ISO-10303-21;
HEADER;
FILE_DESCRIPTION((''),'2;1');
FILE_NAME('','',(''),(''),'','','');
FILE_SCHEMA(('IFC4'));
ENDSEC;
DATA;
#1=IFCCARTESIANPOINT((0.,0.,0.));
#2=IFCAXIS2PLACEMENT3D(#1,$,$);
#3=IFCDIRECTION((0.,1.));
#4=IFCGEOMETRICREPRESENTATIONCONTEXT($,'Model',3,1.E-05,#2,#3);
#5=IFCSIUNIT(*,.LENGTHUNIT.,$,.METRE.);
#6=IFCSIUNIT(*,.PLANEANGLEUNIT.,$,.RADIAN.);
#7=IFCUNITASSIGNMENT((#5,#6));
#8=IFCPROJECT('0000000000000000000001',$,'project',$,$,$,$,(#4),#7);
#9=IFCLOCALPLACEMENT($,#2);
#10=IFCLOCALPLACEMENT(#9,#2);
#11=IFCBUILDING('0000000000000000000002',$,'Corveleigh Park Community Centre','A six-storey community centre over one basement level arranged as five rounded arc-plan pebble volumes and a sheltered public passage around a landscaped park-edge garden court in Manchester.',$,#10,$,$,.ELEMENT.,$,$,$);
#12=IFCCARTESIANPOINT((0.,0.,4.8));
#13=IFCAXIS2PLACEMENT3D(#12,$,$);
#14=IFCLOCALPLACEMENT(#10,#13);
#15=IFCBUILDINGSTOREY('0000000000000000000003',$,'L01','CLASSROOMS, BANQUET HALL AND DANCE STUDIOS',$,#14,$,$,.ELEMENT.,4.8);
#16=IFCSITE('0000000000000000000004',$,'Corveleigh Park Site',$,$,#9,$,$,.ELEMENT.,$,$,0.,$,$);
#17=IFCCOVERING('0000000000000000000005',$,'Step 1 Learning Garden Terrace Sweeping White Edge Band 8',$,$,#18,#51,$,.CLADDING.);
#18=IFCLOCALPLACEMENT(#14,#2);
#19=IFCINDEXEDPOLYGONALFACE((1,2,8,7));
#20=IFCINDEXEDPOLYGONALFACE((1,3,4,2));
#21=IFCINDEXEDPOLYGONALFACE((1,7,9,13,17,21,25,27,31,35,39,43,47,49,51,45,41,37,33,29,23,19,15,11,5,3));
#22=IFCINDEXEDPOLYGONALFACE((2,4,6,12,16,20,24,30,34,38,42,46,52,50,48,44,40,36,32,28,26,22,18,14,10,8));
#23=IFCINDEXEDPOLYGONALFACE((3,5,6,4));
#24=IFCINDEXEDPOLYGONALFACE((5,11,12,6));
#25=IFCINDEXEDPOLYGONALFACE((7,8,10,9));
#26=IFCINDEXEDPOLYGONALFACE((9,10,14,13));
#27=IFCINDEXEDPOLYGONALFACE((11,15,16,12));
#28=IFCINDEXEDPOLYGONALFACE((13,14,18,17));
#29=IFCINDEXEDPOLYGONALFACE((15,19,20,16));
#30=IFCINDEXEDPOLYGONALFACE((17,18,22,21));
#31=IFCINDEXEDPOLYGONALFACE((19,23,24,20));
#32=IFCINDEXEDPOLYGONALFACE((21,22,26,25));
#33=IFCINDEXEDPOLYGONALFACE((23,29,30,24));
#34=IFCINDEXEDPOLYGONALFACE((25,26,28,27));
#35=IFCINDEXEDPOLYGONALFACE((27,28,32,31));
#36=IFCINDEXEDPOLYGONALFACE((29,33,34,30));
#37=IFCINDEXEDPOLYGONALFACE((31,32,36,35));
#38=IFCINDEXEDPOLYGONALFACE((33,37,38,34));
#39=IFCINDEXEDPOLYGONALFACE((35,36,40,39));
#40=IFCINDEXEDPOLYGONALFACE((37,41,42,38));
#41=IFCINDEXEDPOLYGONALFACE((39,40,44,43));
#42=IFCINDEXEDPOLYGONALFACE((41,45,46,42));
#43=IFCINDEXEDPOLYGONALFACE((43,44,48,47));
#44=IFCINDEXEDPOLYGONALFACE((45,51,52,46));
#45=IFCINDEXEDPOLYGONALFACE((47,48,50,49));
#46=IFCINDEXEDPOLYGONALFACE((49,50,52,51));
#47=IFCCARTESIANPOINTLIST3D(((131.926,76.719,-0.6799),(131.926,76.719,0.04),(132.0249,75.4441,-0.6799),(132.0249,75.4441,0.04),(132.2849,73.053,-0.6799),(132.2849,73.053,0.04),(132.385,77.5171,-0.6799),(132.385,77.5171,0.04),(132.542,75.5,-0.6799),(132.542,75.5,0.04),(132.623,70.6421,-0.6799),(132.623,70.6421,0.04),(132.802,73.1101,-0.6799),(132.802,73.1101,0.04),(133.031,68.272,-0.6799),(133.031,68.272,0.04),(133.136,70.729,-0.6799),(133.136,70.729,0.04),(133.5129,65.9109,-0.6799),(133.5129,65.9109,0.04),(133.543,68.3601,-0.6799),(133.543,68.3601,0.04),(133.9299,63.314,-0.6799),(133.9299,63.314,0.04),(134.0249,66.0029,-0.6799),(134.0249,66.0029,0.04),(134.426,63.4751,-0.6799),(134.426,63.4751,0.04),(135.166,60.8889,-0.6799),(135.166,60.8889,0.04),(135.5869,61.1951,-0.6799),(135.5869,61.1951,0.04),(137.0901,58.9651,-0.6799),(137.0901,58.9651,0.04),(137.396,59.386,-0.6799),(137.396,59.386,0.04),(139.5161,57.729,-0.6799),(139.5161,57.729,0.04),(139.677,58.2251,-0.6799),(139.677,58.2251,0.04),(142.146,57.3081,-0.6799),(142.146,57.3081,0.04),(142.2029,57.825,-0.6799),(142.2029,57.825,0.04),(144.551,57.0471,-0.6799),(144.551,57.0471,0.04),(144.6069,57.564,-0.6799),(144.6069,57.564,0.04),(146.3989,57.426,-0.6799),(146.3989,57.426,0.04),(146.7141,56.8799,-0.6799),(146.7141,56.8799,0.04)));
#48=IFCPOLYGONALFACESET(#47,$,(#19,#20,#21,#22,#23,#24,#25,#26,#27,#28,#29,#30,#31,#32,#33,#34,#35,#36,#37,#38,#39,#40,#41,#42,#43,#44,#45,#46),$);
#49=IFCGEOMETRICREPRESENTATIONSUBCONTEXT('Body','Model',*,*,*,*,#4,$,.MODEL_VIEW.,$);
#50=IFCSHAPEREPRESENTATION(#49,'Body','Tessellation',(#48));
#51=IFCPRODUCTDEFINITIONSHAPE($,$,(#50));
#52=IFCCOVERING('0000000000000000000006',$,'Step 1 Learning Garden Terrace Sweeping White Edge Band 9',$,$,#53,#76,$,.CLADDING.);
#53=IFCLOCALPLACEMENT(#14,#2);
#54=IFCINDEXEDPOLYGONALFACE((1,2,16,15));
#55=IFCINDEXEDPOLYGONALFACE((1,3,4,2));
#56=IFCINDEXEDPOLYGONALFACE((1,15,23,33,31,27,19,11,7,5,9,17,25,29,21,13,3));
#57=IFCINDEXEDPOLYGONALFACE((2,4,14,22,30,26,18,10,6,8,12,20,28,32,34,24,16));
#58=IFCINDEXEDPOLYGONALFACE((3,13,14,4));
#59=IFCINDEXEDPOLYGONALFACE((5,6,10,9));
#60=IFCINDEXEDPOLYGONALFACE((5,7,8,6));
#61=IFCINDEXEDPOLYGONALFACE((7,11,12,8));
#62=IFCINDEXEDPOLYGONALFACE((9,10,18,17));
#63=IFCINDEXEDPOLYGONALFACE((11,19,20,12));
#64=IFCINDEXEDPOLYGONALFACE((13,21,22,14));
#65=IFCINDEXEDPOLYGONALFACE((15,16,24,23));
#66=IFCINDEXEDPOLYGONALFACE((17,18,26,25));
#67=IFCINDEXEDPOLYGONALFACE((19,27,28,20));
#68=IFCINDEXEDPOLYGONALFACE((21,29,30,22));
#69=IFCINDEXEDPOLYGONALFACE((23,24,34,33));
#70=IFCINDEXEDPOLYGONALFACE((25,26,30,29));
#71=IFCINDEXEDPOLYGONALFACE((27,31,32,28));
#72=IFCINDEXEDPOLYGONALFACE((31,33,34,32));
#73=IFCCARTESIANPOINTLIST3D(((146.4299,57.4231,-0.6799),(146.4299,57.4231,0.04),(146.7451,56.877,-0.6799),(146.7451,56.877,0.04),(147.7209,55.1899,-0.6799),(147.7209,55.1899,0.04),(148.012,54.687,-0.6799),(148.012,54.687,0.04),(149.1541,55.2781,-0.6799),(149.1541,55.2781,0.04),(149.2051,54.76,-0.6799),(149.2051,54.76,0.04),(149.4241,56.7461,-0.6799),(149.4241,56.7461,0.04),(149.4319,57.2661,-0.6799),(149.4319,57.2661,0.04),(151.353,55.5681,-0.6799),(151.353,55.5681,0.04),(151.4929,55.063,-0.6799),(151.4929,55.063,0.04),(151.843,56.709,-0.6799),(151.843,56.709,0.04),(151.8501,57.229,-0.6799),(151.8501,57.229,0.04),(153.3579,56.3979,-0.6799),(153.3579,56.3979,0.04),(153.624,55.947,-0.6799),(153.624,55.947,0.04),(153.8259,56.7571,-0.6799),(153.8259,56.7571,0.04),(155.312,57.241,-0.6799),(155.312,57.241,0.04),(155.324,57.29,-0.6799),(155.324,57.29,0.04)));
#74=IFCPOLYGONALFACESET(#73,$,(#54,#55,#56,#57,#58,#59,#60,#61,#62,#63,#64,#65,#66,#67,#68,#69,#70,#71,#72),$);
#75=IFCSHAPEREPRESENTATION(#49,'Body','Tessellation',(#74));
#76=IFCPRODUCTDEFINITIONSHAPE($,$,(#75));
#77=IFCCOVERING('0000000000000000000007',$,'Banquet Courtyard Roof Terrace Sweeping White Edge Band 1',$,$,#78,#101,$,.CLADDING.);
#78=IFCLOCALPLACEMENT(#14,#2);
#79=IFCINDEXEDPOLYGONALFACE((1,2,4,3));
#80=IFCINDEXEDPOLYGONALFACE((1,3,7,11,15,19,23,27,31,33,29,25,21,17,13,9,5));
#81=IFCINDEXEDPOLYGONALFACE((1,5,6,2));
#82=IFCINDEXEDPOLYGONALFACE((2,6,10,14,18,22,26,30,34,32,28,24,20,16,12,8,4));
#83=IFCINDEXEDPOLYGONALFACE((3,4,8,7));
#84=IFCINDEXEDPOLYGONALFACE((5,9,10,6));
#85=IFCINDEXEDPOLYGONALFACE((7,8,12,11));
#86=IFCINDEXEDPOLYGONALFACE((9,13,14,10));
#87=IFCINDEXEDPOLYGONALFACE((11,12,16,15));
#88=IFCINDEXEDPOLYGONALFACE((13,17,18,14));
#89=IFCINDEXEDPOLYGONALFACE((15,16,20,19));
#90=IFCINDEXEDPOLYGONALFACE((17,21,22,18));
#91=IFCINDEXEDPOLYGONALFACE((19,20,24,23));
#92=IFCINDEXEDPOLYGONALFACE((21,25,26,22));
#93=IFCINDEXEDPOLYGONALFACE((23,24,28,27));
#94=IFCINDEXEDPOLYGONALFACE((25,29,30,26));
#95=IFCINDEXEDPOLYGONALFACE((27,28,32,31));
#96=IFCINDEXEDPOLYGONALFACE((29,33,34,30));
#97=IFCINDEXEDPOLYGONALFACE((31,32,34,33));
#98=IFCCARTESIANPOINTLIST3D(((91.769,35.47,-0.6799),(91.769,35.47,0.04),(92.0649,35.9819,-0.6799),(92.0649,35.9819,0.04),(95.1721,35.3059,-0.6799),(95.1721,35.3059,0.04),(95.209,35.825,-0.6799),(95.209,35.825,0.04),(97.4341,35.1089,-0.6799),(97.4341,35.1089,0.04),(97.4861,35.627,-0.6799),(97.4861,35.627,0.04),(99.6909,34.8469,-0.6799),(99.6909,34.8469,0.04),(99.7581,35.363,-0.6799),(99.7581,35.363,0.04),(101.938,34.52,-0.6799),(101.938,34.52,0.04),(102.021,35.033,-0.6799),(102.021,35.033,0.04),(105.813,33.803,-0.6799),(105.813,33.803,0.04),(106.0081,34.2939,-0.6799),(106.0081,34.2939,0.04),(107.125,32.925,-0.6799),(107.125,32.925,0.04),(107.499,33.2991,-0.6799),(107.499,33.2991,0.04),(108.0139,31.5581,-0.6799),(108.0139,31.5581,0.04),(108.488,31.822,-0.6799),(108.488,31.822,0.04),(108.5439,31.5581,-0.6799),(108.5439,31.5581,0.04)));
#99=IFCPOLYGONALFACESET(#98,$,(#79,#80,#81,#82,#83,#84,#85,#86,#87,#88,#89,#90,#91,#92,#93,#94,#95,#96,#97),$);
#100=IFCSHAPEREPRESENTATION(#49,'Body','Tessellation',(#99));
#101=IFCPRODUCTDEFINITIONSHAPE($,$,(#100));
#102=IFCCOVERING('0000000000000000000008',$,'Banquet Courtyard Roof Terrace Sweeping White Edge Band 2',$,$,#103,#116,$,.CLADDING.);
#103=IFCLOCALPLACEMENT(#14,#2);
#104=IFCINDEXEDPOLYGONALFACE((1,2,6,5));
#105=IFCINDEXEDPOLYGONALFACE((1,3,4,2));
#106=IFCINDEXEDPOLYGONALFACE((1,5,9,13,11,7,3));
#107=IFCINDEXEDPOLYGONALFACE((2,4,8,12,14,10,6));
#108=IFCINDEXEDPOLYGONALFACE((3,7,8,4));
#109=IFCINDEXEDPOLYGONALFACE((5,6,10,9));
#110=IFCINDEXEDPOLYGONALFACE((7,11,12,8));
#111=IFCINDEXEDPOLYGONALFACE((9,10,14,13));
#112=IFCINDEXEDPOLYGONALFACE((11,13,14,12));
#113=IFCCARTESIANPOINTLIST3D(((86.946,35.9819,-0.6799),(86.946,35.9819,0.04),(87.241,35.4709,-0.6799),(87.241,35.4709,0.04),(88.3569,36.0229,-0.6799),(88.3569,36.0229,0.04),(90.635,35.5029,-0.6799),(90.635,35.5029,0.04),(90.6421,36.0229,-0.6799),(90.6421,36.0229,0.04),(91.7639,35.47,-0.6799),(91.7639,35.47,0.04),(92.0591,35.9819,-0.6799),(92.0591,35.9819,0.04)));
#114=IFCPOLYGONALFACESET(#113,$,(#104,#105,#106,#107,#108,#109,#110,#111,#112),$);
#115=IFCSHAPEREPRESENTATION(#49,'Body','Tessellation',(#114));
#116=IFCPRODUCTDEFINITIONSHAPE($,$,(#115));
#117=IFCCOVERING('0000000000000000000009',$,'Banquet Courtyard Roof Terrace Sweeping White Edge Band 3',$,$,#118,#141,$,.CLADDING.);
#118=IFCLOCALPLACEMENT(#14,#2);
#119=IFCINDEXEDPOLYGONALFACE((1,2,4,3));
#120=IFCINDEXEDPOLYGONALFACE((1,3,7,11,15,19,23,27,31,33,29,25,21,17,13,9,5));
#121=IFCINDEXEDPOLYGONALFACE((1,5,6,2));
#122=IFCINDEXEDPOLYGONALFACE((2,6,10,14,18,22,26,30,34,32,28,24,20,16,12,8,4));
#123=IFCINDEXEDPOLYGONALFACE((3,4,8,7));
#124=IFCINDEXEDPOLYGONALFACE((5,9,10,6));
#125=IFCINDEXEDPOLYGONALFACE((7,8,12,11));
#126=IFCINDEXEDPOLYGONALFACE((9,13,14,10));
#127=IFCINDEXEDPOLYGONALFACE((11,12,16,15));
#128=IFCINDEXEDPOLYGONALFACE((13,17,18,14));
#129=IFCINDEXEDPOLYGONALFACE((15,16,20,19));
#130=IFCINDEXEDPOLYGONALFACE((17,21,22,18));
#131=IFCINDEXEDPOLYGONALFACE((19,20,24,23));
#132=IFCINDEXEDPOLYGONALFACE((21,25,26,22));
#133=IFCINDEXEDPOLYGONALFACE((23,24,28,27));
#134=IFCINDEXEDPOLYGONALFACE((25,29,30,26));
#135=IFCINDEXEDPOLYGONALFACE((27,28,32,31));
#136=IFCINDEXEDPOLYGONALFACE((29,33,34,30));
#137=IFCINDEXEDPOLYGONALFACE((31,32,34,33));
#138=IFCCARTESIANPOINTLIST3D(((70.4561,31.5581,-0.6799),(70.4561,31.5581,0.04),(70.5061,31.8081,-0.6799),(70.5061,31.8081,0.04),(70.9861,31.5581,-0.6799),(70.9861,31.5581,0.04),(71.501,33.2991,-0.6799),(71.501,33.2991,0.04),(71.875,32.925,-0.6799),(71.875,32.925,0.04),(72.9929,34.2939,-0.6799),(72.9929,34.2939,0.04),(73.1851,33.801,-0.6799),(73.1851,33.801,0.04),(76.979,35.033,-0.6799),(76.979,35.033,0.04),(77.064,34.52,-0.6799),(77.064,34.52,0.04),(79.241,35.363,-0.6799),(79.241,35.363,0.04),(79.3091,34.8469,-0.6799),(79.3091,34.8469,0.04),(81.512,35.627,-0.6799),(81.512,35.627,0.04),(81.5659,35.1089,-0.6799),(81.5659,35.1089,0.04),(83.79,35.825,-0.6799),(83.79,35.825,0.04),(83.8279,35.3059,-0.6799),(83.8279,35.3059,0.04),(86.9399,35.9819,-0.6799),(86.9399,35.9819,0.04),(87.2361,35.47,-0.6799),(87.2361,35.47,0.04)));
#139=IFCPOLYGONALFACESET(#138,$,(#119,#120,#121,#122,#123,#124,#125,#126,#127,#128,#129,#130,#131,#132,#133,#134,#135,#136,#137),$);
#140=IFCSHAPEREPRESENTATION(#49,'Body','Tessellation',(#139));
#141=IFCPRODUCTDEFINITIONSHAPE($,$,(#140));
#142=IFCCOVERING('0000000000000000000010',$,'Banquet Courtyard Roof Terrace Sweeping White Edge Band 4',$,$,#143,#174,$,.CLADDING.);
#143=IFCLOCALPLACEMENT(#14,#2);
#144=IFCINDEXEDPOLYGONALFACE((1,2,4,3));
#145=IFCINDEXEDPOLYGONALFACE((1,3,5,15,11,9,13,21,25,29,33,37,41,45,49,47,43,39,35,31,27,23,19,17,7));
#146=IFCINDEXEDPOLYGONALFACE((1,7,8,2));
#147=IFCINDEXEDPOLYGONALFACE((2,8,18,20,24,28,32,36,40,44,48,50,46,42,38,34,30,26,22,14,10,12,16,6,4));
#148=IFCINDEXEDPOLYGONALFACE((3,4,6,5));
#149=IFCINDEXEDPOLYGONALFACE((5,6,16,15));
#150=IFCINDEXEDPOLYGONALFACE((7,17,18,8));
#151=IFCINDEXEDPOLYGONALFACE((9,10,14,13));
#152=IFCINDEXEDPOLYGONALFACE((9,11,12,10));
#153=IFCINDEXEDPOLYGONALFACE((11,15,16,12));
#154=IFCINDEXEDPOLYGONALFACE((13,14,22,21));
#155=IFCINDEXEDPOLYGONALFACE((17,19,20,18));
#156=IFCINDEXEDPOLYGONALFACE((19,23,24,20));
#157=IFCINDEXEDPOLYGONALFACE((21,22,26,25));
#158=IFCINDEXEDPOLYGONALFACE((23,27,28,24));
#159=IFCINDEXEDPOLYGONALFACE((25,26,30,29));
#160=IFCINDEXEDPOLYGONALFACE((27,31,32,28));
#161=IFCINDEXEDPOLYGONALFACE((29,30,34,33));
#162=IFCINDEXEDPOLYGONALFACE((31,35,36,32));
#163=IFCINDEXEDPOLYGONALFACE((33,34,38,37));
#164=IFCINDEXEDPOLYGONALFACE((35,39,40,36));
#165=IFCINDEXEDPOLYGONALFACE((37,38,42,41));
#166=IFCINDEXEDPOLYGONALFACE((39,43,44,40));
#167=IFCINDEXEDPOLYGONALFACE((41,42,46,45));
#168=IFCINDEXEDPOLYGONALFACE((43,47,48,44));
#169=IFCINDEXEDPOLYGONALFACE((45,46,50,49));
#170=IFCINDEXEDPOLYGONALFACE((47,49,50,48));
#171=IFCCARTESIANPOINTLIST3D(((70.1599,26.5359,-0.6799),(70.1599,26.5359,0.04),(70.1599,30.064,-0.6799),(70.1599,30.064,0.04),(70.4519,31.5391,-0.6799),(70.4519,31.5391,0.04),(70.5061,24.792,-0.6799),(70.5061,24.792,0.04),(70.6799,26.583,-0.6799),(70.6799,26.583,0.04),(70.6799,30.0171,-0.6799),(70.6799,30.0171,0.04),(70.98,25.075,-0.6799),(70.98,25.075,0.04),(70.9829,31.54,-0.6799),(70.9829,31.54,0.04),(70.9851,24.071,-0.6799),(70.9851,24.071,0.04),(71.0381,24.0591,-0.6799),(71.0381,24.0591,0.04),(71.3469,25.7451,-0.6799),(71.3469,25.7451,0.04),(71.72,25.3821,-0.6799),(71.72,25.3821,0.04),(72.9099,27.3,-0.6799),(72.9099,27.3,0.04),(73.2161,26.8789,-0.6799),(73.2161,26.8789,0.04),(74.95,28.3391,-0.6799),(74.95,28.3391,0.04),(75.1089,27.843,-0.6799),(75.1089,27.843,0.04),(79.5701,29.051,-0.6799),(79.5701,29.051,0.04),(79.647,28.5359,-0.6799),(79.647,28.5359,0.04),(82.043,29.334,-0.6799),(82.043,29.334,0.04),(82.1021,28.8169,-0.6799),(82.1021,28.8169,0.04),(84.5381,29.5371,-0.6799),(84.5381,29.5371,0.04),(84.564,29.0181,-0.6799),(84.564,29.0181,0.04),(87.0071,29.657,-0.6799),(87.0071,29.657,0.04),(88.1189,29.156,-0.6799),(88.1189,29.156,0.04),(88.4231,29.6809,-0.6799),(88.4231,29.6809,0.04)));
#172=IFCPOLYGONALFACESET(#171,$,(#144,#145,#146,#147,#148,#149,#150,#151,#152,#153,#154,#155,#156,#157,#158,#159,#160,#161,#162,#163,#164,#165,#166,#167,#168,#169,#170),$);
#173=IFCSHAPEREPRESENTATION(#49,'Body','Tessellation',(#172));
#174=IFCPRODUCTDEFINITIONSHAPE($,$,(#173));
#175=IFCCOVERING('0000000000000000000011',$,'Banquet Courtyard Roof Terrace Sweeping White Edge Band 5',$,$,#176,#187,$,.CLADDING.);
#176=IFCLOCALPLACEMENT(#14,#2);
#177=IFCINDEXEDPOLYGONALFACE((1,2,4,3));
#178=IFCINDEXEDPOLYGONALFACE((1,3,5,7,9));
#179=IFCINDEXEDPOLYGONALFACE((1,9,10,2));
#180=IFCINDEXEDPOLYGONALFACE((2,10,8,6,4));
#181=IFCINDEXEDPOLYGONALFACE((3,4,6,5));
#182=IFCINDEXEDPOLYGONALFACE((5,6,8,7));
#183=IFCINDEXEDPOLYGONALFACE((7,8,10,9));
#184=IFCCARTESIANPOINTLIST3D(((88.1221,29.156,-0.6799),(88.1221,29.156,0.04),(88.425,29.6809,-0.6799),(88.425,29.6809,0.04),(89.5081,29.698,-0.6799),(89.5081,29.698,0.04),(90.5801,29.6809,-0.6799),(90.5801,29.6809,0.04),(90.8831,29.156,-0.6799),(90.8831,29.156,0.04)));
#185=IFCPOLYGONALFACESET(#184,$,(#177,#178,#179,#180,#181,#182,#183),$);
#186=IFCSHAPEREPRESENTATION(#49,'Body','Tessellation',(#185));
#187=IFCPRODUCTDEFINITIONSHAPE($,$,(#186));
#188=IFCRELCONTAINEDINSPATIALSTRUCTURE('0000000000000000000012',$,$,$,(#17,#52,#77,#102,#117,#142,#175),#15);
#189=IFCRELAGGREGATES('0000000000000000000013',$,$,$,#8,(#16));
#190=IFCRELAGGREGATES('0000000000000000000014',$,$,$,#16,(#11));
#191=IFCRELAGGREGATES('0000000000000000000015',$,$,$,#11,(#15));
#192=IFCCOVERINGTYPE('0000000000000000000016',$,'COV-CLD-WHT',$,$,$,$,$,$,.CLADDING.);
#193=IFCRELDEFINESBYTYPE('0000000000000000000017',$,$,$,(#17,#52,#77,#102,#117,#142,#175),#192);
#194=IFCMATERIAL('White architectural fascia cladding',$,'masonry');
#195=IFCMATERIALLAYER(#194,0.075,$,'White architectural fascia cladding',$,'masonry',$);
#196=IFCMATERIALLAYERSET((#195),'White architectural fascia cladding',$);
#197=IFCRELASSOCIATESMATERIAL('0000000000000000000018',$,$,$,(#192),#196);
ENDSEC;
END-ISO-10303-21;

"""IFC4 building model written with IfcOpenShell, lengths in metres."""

from ifc_helpers import new_model, si_unit, direction, frame, origin, place, context, subcontext, project, spatial, polyline, outline, extrude, material, layer, layer_set, type_object, element, save


model = new_model("IFC4")

# Units and contexts
model_context = context("Model", 3, precision=1e-05, world=origin(), true_north=direction((0.0, 1.0)))
body_context = subcontext(model_context, "Body", "Model", "MODEL_VIEW")
ifc_project = project(units=[si_unit("LENGTHUNIT", "METRE"), si_unit("PLANEANGLEUNIT", "RADIAN")], contexts=[model_context])

# Site, building, storey
site_placement = place(None, origin())
site = spatial("IfcSite", under=ifc_project, at=site_placement, Name="Corveleigh Park Site", CompositionType="ELEMENT", RefElevation=0.0)
building_placement = place(site_placement, origin())
building = spatial("IfcBuilding", under=site, at=building_placement, Name="Corveleigh Park Community Centre", Description="A six-storey community centre over one basement level arranged as five rounded arc-plan pebble volumes and a sheltered public passage around a landscaped park-edge garden court in Manchester.", CompositionType="ELEMENT")
storey_placement = place(building_placement, frame((0.0, 0.0, 4.8)))
storey = spatial("IfcBuildingStorey", under=building, at=storey_placement, Name="L01", Description="CLASSROOMS, BANQUET HALL AND DANCE STUDIOS", CompositionType="ELEMENT", Elevation=4.8)

# Coverings
ifc_material_1 = material(Name="White architectural fascia cladding", Category="masonry")
ifc_layer_1 = layer(ifc_material_1, 0.075, Name="White architectural fascia cladding", Category="masonry")
ifc_layer_set_1 = layer_set([ifc_layer_1], Name="White architectural fascia cladding")
covering_type = type_object("IfcCoveringType", Name="COV-CLD-WHT", PredefinedType="CLADDING", material=ifc_layer_set_1)
covering_1_placement = place(storey_placement, frame((0.0, 0.0, -0.6799)))
element("IfcCovering", 1, at=covering_1_placement, inside=storey, type_object=covering_type, Name="Step 1 Learning Garden Terrace Sweeping White Edge Band 8", PredefinedType="CLADDING", context=body_context, shape_type="SweptSolid", body=[
    extrude(outline(polyline([(132.542, 75.5), (132.802, 73.1101), (133.136, 70.729), (133.543, 68.3601), (134.0249, 66.0029), (134.426, 63.4751), (135.5869, 61.1951), (137.396, 59.386), (139.677, 58.2251), (142.2029, 57.825), (144.6069, 57.564), (146.3989, 57.426), (146.7141, 56.8799), (144.551, 57.0471), (142.146, 57.3081), (139.5161, 57.729), (137.0901, 58.9651), (135.166, 60.8889), (133.9299, 63.314), (133.5129, 65.9109), (133.031, 68.272), (132.623, 70.6421), (132.2849, 73.053), (132.0249, 75.4441), (131.926, 76.719), (132.385, 77.5171), (132.542, 75.5)])), origin(), (0.0, 0.0, 1.0), 0.72),
])
covering_2_placement = place(storey_placement, frame((0.0, 0.0, -0.6799)))
element("IfcCovering", 2, at=covering_2_placement, inside=storey, type_object=covering_type, Name="Step 1 Learning Garden Terrace Sweeping White Edge Band 9", PredefinedType="CLADDING", context=body_context, shape_type="SweptSolid", body=[
    extrude(outline(polyline([(151.4929, 55.063), (149.2051, 54.76), (148.012, 54.687), (147.7209, 55.1899), (149.1541, 55.2781), (151.353, 55.5681), (153.3579, 56.3979), (153.8259, 56.7571), (151.843, 56.709), (149.4241, 56.7461), (146.7451, 56.877), (146.4299, 57.4231), (149.4319, 57.2661), (151.8501, 57.229), (155.324, 57.29), (155.312, 57.241), (153.624, 55.947), (151.4929, 55.063)])), origin(), (0.0, 0.0, 1.0), 0.72),
])
covering_3_placement = place(storey_placement, frame((0.0, 0.0, -0.6799)))
element("IfcCovering", 3, at=covering_3_placement, inside=storey, type_object=covering_type, Name="Banquet Courtyard Roof Terrace Sweeping White Edge Band 1", PredefinedType="CLADDING", context=body_context, shape_type="SweptSolid", body=[
    extrude(outline(polyline([(92.0649, 35.9819), (95.209, 35.825), (97.4861, 35.627), (99.7581, 35.363), (102.021, 35.033), (106.0081, 34.2939), (107.499, 33.2991), (108.488, 31.822), (108.5439, 31.5581), (108.0139, 31.5581), (107.125, 32.925), (105.813, 33.803), (101.938, 34.52), (99.6909, 34.8469), (97.4341, 35.1089), (95.1721, 35.3059), (91.769, 35.47), (92.0649, 35.9819)])), origin(), (0.0, 0.0, 1.0), 0.72),
])
covering_4_placement = place(storey_placement, frame((0.0, 0.0, -0.6799)))
element("IfcCovering", 4, at=covering_4_placement, inside=storey, type_object=covering_type, Name="Banquet Courtyard Roof Terrace Sweeping White Edge Band 2", PredefinedType="CLADDING", context=body_context, shape_type="SweptSolid", body=[
    extrude(outline(polyline([(88.3569, 36.0229), (90.6421, 36.0229), (92.0591, 35.9819), (91.7639, 35.47), (90.635, 35.5029), (87.241, 35.4709), (86.946, 35.9819), (88.3569, 36.0229)])), origin(), (0.0, 0.0, 1.0), 0.72),
])
covering_5_placement = place(storey_placement, frame((0.0, 0.0, -0.6799)))
element("IfcCovering", 5, at=covering_5_placement, inside=storey, type_object=covering_type, Name="Banquet Courtyard Roof Terrace Sweeping White Edge Band 3", PredefinedType="CLADDING", context=body_context, shape_type="SweptSolid", body=[
    extrude(outline(polyline([(70.5061, 31.8081), (71.501, 33.2991), (72.9929, 34.2939), (76.979, 35.033), (79.241, 35.363), (81.512, 35.627), (83.79, 35.825), (86.9399, 35.9819), (87.2361, 35.47), (83.8279, 35.3059), (81.5659, 35.1089), (79.3091, 34.8469), (77.064, 34.52), (73.1851, 33.801), (71.875, 32.925), (70.9861, 31.5581), (70.4561, 31.5581), (70.5061, 31.8081)])), origin(), (0.0, 0.0, 1.0), 0.72),
])
covering_6_placement = place(storey_placement, frame((0.0, 0.0, -0.6799)))
element("IfcCovering", 6, at=covering_6_placement, inside=storey, type_object=covering_type, Name="Banquet Courtyard Roof Terrace Sweeping White Edge Band 4", PredefinedType="CLADDING", context=body_context, shape_type="SweptSolid", body=[
    extrude(outline(polyline([(70.5061, 24.792), (70.1599, 26.5359), (70.1599, 30.064), (70.4519, 31.5391), (70.9829, 31.54), (70.6799, 30.0171), (70.6799, 26.583), (70.98, 25.075), (71.3469, 25.7451), (72.9099, 27.3), (74.95, 28.3391), (79.5701, 29.051), (82.043, 29.334), (84.5381, 29.5371), (87.0071, 29.657), (88.4231, 29.6809), (88.1189, 29.156), (84.564, 29.0181), (82.1021, 28.8169), (79.647, 28.5359), (75.1089, 27.843), (73.2161, 26.8789), (71.72, 25.3821), (71.0381, 24.0591), (70.9851, 24.071), (70.5061, 24.792)])), origin(), (0.0, 0.0, 1.0), 0.72),
])
covering_7_placement = place(storey_placement, frame((0.0, 0.0, -0.6799)))
element("IfcCovering", 7, at=covering_7_placement, inside=storey, type_object=covering_type, Name="Banquet Courtyard Roof Terrace Sweeping White Edge Band 5", PredefinedType="CLADDING", context=body_context, shape_type="SweptSolid", body=[
    extrude(outline(polyline([(90.8831, 29.156), (88.1221, 29.156), (88.425, 29.6809), (89.5081, 29.698), (90.5801, 29.6809), (90.8831, 29.156)])), origin(), (0.0, 0.0, 1.0), 0.72),
])

save(model, "model.ifc")
